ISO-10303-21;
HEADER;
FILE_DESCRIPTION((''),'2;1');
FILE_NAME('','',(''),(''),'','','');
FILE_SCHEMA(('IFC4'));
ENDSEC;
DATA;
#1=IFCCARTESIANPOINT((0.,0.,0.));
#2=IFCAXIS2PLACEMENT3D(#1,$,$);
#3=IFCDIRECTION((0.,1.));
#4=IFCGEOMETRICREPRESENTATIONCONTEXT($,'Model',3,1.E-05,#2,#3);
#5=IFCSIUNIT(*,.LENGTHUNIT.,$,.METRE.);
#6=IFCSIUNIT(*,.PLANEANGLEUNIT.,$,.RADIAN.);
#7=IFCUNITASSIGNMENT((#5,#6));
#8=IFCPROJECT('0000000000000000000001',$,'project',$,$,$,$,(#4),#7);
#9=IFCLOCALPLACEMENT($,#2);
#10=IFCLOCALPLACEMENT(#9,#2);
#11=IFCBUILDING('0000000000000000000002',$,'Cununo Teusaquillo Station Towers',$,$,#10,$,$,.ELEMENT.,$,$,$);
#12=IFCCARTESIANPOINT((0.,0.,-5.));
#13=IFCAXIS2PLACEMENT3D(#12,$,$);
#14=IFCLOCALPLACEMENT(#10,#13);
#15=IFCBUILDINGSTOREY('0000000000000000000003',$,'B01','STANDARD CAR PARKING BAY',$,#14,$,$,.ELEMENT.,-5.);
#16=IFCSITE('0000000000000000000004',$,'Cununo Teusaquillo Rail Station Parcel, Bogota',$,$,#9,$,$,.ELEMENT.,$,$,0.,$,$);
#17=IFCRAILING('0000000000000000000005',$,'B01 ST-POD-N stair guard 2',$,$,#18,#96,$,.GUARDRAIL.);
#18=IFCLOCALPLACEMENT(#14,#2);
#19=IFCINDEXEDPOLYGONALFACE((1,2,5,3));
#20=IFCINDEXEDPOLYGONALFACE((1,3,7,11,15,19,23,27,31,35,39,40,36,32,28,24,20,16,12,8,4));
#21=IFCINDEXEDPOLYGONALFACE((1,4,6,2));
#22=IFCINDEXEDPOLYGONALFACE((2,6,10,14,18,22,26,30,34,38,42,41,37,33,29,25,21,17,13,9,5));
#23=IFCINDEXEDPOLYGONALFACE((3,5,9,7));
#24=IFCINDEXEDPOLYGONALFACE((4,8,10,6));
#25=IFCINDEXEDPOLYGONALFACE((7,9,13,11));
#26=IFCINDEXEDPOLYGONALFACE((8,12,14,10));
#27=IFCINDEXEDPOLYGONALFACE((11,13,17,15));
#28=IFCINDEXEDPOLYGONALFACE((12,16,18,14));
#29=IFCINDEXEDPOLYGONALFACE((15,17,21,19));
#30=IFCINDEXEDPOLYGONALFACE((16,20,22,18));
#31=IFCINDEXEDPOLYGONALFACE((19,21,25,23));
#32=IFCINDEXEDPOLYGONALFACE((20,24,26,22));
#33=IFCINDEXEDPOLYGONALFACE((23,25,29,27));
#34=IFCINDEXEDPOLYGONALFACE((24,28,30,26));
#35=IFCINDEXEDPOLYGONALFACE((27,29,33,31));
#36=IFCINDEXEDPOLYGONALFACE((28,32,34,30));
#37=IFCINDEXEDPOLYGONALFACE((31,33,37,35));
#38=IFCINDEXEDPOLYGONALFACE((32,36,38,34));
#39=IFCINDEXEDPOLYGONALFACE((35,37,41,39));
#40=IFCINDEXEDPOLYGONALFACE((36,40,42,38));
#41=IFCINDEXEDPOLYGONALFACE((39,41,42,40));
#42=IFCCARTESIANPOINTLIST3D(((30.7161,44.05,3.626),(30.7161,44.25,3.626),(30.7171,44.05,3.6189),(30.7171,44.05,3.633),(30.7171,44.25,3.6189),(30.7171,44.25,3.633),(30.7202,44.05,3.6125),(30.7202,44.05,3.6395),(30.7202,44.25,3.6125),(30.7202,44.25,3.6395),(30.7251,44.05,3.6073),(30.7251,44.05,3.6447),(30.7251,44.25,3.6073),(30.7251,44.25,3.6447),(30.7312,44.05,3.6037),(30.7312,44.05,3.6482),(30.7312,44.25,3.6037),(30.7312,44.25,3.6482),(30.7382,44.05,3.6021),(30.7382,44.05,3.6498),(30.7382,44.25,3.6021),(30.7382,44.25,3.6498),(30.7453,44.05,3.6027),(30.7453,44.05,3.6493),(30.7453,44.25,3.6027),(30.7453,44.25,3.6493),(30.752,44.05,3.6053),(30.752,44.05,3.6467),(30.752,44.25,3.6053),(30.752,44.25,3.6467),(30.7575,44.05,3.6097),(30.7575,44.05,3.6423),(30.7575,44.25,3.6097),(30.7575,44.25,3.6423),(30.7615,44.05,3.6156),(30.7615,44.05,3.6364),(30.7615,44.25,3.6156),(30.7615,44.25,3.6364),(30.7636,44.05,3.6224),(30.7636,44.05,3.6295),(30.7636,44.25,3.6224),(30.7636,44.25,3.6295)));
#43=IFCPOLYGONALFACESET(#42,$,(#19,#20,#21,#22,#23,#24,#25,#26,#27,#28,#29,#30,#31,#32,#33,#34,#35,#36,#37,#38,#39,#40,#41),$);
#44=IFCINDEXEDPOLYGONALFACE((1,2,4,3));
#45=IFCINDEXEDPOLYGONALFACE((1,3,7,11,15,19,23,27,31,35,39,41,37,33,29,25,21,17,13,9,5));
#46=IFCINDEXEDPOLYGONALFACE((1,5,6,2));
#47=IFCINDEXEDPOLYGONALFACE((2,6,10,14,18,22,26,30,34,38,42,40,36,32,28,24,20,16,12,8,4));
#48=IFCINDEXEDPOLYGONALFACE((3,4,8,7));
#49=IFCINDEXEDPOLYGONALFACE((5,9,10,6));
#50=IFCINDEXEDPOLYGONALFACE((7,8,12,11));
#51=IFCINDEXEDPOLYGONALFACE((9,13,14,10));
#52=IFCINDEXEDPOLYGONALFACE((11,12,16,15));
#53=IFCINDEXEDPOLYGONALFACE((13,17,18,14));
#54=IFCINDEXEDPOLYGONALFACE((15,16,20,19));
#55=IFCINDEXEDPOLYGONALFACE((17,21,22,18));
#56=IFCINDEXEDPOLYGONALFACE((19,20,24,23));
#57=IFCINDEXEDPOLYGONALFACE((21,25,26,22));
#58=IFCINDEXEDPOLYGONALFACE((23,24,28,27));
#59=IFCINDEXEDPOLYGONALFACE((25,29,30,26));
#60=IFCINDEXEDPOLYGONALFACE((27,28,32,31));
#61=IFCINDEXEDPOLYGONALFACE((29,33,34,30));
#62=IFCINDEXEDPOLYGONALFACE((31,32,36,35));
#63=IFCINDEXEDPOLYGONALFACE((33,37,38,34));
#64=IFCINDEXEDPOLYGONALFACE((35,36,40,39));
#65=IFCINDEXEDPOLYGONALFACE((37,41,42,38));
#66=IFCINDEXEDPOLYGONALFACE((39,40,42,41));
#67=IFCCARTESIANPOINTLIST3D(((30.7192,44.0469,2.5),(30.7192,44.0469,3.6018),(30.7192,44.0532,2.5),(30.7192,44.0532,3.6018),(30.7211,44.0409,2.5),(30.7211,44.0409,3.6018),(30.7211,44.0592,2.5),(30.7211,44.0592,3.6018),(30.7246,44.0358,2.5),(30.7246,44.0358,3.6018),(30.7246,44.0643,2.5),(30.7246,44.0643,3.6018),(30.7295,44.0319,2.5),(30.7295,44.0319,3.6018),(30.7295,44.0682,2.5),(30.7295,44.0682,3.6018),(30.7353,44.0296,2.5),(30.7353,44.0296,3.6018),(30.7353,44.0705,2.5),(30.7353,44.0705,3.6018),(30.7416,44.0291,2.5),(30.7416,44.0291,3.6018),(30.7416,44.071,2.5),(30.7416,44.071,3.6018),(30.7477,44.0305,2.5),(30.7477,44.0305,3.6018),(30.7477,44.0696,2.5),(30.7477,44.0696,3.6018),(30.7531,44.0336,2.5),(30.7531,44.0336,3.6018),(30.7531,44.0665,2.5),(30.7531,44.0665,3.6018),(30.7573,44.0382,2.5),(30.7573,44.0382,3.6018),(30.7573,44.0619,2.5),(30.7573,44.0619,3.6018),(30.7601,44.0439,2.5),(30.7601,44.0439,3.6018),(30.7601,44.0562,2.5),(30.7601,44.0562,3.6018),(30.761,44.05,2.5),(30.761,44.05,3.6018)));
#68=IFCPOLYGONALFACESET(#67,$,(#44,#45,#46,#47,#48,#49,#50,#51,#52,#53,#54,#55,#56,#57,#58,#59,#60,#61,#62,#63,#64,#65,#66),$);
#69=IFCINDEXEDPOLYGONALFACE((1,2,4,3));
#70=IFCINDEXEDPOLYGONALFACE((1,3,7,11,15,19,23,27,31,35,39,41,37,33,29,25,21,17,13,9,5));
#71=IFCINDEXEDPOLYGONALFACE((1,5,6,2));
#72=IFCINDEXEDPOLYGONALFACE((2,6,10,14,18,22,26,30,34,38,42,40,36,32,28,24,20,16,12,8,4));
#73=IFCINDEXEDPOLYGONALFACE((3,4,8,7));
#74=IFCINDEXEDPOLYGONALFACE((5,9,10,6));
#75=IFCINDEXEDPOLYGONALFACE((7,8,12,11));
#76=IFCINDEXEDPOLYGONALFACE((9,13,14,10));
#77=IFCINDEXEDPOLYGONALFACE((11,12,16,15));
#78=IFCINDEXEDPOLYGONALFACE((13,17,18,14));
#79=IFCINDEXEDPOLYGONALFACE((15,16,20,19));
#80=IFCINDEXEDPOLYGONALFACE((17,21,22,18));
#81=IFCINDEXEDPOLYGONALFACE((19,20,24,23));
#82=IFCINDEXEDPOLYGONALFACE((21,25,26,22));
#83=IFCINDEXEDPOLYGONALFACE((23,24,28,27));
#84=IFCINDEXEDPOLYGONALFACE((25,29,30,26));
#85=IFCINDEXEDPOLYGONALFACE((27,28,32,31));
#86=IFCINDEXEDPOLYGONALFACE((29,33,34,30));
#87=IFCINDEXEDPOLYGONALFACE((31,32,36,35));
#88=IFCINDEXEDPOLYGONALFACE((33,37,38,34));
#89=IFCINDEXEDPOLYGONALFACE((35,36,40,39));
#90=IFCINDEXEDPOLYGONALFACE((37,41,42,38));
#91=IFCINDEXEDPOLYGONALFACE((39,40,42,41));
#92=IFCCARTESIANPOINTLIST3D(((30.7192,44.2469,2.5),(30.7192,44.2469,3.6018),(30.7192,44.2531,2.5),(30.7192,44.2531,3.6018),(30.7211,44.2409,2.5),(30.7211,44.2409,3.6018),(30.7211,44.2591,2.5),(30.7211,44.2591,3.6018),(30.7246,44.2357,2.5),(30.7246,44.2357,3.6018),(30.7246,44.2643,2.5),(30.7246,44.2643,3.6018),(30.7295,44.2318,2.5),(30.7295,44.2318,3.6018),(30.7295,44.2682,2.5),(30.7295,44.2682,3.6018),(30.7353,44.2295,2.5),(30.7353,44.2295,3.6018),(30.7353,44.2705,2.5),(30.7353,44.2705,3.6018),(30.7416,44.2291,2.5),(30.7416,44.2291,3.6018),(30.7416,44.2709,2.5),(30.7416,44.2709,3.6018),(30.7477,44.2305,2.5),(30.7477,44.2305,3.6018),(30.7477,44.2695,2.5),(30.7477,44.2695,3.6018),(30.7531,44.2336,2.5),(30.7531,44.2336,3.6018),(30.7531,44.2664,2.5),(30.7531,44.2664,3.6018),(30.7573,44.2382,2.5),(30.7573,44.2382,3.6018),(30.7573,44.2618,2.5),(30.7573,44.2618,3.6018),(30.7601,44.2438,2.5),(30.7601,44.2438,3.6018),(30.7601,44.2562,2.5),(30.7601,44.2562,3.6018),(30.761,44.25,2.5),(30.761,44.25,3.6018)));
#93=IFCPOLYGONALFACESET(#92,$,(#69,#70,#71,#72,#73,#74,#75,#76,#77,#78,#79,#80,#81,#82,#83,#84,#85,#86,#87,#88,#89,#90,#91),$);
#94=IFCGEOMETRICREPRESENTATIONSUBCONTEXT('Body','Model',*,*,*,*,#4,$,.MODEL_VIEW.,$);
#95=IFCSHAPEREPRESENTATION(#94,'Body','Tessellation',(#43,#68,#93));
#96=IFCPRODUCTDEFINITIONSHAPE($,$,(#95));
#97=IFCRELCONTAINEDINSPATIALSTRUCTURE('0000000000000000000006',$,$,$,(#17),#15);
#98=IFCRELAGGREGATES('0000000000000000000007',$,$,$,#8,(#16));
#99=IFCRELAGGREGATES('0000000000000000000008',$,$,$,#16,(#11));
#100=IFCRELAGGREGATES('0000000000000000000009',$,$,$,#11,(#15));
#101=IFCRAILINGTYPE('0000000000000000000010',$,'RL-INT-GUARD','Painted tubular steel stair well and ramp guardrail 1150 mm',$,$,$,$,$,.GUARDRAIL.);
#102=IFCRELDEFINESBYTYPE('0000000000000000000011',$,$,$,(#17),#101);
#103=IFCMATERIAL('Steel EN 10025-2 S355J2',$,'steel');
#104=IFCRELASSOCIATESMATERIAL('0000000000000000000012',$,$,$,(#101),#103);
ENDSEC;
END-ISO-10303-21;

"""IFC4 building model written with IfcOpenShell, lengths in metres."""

from ifc_helpers import new_model, si_unit, direction, frame, origin, origin_2d, place, context, subcontext, project, spatial, circle, extrude, material, type_object, element, save


model = new_model("IFC4")

# Units and contexts
model_context = context("Model", 3, precision=1e-05, world=origin(), true_north=direction((0.0, 1.0)))
body_context = subcontext(model_context, "Body", "Model", "MODEL_VIEW")
ifc_project = project(units=[si_unit("LENGTHUNIT", "METRE"), si_unit("PLANEANGLEUNIT", "RADIAN")], contexts=[model_context])

# Site, building, storey
site_placement = place(None, origin())
site = spatial("IfcSite", under=ifc_project, at=site_placement, Name="Cununo Teusaquillo Rail Station Parcel, Bogota", CompositionType="ELEMENT", RefElevation=0.0)
building_placement = place(site_placement, origin())
building = spatial("IfcBuilding", under=site, at=building_placement, Name="Cununo Teusaquillo Station Towers", CompositionType="ELEMENT")
storey_placement = place(building_placement, frame((0.0, 0.0, -5.0)))
storey = spatial("IfcBuildingStorey", under=building, at=storey_placement, Name="B01", Description="STANDARD CAR PARKING BAY", CompositionType="ELEMENT", Elevation=-5.0)

# Railing
ifc_material_1 = material(Name="Steel EN 10025-2 S355J2", Category="steel")
railing_type_1 = type_object("IfcRailingType", Name="RL-INT-GUARD", Description="Painted tubular steel stair well and ramp guardrail 1150 mm", PredefinedType="GUARDRAIL", material=ifc_material_1)
railing_1_placement = place(storey_placement, frame((30.74, 44.05, 2.5)))
element("IfcRailing", 1, at=railing_1_placement, inside=storey, type_object=railing_type_1, Name="B01 ST-POD-N stair guard 2", PredefinedType="GUARDRAIL", context=body_context, shape_type="SweptSolid", body=[
    extrude(circle(Radius=0.0239, at=origin_2d()), frame((0.0, 0.0, 1.126), z_axis=(0.0, 1.0, 0.0), x_axis=(-1.0, 0.0, 0.0)), (0.0, 0.0, 1.0), 0.2),
    extrude(circle(Radius=0.021, at=origin_2d()), origin(), (0.0, 0.0, 1.0), 1.1018),
    extrude(circle(Radius=0.021, at=origin_2d()), frame((0.0, 0.2, 0.0)), (0.0, 0.0, 1.0), 1.1018),
])

save(model, "model.ifc")
